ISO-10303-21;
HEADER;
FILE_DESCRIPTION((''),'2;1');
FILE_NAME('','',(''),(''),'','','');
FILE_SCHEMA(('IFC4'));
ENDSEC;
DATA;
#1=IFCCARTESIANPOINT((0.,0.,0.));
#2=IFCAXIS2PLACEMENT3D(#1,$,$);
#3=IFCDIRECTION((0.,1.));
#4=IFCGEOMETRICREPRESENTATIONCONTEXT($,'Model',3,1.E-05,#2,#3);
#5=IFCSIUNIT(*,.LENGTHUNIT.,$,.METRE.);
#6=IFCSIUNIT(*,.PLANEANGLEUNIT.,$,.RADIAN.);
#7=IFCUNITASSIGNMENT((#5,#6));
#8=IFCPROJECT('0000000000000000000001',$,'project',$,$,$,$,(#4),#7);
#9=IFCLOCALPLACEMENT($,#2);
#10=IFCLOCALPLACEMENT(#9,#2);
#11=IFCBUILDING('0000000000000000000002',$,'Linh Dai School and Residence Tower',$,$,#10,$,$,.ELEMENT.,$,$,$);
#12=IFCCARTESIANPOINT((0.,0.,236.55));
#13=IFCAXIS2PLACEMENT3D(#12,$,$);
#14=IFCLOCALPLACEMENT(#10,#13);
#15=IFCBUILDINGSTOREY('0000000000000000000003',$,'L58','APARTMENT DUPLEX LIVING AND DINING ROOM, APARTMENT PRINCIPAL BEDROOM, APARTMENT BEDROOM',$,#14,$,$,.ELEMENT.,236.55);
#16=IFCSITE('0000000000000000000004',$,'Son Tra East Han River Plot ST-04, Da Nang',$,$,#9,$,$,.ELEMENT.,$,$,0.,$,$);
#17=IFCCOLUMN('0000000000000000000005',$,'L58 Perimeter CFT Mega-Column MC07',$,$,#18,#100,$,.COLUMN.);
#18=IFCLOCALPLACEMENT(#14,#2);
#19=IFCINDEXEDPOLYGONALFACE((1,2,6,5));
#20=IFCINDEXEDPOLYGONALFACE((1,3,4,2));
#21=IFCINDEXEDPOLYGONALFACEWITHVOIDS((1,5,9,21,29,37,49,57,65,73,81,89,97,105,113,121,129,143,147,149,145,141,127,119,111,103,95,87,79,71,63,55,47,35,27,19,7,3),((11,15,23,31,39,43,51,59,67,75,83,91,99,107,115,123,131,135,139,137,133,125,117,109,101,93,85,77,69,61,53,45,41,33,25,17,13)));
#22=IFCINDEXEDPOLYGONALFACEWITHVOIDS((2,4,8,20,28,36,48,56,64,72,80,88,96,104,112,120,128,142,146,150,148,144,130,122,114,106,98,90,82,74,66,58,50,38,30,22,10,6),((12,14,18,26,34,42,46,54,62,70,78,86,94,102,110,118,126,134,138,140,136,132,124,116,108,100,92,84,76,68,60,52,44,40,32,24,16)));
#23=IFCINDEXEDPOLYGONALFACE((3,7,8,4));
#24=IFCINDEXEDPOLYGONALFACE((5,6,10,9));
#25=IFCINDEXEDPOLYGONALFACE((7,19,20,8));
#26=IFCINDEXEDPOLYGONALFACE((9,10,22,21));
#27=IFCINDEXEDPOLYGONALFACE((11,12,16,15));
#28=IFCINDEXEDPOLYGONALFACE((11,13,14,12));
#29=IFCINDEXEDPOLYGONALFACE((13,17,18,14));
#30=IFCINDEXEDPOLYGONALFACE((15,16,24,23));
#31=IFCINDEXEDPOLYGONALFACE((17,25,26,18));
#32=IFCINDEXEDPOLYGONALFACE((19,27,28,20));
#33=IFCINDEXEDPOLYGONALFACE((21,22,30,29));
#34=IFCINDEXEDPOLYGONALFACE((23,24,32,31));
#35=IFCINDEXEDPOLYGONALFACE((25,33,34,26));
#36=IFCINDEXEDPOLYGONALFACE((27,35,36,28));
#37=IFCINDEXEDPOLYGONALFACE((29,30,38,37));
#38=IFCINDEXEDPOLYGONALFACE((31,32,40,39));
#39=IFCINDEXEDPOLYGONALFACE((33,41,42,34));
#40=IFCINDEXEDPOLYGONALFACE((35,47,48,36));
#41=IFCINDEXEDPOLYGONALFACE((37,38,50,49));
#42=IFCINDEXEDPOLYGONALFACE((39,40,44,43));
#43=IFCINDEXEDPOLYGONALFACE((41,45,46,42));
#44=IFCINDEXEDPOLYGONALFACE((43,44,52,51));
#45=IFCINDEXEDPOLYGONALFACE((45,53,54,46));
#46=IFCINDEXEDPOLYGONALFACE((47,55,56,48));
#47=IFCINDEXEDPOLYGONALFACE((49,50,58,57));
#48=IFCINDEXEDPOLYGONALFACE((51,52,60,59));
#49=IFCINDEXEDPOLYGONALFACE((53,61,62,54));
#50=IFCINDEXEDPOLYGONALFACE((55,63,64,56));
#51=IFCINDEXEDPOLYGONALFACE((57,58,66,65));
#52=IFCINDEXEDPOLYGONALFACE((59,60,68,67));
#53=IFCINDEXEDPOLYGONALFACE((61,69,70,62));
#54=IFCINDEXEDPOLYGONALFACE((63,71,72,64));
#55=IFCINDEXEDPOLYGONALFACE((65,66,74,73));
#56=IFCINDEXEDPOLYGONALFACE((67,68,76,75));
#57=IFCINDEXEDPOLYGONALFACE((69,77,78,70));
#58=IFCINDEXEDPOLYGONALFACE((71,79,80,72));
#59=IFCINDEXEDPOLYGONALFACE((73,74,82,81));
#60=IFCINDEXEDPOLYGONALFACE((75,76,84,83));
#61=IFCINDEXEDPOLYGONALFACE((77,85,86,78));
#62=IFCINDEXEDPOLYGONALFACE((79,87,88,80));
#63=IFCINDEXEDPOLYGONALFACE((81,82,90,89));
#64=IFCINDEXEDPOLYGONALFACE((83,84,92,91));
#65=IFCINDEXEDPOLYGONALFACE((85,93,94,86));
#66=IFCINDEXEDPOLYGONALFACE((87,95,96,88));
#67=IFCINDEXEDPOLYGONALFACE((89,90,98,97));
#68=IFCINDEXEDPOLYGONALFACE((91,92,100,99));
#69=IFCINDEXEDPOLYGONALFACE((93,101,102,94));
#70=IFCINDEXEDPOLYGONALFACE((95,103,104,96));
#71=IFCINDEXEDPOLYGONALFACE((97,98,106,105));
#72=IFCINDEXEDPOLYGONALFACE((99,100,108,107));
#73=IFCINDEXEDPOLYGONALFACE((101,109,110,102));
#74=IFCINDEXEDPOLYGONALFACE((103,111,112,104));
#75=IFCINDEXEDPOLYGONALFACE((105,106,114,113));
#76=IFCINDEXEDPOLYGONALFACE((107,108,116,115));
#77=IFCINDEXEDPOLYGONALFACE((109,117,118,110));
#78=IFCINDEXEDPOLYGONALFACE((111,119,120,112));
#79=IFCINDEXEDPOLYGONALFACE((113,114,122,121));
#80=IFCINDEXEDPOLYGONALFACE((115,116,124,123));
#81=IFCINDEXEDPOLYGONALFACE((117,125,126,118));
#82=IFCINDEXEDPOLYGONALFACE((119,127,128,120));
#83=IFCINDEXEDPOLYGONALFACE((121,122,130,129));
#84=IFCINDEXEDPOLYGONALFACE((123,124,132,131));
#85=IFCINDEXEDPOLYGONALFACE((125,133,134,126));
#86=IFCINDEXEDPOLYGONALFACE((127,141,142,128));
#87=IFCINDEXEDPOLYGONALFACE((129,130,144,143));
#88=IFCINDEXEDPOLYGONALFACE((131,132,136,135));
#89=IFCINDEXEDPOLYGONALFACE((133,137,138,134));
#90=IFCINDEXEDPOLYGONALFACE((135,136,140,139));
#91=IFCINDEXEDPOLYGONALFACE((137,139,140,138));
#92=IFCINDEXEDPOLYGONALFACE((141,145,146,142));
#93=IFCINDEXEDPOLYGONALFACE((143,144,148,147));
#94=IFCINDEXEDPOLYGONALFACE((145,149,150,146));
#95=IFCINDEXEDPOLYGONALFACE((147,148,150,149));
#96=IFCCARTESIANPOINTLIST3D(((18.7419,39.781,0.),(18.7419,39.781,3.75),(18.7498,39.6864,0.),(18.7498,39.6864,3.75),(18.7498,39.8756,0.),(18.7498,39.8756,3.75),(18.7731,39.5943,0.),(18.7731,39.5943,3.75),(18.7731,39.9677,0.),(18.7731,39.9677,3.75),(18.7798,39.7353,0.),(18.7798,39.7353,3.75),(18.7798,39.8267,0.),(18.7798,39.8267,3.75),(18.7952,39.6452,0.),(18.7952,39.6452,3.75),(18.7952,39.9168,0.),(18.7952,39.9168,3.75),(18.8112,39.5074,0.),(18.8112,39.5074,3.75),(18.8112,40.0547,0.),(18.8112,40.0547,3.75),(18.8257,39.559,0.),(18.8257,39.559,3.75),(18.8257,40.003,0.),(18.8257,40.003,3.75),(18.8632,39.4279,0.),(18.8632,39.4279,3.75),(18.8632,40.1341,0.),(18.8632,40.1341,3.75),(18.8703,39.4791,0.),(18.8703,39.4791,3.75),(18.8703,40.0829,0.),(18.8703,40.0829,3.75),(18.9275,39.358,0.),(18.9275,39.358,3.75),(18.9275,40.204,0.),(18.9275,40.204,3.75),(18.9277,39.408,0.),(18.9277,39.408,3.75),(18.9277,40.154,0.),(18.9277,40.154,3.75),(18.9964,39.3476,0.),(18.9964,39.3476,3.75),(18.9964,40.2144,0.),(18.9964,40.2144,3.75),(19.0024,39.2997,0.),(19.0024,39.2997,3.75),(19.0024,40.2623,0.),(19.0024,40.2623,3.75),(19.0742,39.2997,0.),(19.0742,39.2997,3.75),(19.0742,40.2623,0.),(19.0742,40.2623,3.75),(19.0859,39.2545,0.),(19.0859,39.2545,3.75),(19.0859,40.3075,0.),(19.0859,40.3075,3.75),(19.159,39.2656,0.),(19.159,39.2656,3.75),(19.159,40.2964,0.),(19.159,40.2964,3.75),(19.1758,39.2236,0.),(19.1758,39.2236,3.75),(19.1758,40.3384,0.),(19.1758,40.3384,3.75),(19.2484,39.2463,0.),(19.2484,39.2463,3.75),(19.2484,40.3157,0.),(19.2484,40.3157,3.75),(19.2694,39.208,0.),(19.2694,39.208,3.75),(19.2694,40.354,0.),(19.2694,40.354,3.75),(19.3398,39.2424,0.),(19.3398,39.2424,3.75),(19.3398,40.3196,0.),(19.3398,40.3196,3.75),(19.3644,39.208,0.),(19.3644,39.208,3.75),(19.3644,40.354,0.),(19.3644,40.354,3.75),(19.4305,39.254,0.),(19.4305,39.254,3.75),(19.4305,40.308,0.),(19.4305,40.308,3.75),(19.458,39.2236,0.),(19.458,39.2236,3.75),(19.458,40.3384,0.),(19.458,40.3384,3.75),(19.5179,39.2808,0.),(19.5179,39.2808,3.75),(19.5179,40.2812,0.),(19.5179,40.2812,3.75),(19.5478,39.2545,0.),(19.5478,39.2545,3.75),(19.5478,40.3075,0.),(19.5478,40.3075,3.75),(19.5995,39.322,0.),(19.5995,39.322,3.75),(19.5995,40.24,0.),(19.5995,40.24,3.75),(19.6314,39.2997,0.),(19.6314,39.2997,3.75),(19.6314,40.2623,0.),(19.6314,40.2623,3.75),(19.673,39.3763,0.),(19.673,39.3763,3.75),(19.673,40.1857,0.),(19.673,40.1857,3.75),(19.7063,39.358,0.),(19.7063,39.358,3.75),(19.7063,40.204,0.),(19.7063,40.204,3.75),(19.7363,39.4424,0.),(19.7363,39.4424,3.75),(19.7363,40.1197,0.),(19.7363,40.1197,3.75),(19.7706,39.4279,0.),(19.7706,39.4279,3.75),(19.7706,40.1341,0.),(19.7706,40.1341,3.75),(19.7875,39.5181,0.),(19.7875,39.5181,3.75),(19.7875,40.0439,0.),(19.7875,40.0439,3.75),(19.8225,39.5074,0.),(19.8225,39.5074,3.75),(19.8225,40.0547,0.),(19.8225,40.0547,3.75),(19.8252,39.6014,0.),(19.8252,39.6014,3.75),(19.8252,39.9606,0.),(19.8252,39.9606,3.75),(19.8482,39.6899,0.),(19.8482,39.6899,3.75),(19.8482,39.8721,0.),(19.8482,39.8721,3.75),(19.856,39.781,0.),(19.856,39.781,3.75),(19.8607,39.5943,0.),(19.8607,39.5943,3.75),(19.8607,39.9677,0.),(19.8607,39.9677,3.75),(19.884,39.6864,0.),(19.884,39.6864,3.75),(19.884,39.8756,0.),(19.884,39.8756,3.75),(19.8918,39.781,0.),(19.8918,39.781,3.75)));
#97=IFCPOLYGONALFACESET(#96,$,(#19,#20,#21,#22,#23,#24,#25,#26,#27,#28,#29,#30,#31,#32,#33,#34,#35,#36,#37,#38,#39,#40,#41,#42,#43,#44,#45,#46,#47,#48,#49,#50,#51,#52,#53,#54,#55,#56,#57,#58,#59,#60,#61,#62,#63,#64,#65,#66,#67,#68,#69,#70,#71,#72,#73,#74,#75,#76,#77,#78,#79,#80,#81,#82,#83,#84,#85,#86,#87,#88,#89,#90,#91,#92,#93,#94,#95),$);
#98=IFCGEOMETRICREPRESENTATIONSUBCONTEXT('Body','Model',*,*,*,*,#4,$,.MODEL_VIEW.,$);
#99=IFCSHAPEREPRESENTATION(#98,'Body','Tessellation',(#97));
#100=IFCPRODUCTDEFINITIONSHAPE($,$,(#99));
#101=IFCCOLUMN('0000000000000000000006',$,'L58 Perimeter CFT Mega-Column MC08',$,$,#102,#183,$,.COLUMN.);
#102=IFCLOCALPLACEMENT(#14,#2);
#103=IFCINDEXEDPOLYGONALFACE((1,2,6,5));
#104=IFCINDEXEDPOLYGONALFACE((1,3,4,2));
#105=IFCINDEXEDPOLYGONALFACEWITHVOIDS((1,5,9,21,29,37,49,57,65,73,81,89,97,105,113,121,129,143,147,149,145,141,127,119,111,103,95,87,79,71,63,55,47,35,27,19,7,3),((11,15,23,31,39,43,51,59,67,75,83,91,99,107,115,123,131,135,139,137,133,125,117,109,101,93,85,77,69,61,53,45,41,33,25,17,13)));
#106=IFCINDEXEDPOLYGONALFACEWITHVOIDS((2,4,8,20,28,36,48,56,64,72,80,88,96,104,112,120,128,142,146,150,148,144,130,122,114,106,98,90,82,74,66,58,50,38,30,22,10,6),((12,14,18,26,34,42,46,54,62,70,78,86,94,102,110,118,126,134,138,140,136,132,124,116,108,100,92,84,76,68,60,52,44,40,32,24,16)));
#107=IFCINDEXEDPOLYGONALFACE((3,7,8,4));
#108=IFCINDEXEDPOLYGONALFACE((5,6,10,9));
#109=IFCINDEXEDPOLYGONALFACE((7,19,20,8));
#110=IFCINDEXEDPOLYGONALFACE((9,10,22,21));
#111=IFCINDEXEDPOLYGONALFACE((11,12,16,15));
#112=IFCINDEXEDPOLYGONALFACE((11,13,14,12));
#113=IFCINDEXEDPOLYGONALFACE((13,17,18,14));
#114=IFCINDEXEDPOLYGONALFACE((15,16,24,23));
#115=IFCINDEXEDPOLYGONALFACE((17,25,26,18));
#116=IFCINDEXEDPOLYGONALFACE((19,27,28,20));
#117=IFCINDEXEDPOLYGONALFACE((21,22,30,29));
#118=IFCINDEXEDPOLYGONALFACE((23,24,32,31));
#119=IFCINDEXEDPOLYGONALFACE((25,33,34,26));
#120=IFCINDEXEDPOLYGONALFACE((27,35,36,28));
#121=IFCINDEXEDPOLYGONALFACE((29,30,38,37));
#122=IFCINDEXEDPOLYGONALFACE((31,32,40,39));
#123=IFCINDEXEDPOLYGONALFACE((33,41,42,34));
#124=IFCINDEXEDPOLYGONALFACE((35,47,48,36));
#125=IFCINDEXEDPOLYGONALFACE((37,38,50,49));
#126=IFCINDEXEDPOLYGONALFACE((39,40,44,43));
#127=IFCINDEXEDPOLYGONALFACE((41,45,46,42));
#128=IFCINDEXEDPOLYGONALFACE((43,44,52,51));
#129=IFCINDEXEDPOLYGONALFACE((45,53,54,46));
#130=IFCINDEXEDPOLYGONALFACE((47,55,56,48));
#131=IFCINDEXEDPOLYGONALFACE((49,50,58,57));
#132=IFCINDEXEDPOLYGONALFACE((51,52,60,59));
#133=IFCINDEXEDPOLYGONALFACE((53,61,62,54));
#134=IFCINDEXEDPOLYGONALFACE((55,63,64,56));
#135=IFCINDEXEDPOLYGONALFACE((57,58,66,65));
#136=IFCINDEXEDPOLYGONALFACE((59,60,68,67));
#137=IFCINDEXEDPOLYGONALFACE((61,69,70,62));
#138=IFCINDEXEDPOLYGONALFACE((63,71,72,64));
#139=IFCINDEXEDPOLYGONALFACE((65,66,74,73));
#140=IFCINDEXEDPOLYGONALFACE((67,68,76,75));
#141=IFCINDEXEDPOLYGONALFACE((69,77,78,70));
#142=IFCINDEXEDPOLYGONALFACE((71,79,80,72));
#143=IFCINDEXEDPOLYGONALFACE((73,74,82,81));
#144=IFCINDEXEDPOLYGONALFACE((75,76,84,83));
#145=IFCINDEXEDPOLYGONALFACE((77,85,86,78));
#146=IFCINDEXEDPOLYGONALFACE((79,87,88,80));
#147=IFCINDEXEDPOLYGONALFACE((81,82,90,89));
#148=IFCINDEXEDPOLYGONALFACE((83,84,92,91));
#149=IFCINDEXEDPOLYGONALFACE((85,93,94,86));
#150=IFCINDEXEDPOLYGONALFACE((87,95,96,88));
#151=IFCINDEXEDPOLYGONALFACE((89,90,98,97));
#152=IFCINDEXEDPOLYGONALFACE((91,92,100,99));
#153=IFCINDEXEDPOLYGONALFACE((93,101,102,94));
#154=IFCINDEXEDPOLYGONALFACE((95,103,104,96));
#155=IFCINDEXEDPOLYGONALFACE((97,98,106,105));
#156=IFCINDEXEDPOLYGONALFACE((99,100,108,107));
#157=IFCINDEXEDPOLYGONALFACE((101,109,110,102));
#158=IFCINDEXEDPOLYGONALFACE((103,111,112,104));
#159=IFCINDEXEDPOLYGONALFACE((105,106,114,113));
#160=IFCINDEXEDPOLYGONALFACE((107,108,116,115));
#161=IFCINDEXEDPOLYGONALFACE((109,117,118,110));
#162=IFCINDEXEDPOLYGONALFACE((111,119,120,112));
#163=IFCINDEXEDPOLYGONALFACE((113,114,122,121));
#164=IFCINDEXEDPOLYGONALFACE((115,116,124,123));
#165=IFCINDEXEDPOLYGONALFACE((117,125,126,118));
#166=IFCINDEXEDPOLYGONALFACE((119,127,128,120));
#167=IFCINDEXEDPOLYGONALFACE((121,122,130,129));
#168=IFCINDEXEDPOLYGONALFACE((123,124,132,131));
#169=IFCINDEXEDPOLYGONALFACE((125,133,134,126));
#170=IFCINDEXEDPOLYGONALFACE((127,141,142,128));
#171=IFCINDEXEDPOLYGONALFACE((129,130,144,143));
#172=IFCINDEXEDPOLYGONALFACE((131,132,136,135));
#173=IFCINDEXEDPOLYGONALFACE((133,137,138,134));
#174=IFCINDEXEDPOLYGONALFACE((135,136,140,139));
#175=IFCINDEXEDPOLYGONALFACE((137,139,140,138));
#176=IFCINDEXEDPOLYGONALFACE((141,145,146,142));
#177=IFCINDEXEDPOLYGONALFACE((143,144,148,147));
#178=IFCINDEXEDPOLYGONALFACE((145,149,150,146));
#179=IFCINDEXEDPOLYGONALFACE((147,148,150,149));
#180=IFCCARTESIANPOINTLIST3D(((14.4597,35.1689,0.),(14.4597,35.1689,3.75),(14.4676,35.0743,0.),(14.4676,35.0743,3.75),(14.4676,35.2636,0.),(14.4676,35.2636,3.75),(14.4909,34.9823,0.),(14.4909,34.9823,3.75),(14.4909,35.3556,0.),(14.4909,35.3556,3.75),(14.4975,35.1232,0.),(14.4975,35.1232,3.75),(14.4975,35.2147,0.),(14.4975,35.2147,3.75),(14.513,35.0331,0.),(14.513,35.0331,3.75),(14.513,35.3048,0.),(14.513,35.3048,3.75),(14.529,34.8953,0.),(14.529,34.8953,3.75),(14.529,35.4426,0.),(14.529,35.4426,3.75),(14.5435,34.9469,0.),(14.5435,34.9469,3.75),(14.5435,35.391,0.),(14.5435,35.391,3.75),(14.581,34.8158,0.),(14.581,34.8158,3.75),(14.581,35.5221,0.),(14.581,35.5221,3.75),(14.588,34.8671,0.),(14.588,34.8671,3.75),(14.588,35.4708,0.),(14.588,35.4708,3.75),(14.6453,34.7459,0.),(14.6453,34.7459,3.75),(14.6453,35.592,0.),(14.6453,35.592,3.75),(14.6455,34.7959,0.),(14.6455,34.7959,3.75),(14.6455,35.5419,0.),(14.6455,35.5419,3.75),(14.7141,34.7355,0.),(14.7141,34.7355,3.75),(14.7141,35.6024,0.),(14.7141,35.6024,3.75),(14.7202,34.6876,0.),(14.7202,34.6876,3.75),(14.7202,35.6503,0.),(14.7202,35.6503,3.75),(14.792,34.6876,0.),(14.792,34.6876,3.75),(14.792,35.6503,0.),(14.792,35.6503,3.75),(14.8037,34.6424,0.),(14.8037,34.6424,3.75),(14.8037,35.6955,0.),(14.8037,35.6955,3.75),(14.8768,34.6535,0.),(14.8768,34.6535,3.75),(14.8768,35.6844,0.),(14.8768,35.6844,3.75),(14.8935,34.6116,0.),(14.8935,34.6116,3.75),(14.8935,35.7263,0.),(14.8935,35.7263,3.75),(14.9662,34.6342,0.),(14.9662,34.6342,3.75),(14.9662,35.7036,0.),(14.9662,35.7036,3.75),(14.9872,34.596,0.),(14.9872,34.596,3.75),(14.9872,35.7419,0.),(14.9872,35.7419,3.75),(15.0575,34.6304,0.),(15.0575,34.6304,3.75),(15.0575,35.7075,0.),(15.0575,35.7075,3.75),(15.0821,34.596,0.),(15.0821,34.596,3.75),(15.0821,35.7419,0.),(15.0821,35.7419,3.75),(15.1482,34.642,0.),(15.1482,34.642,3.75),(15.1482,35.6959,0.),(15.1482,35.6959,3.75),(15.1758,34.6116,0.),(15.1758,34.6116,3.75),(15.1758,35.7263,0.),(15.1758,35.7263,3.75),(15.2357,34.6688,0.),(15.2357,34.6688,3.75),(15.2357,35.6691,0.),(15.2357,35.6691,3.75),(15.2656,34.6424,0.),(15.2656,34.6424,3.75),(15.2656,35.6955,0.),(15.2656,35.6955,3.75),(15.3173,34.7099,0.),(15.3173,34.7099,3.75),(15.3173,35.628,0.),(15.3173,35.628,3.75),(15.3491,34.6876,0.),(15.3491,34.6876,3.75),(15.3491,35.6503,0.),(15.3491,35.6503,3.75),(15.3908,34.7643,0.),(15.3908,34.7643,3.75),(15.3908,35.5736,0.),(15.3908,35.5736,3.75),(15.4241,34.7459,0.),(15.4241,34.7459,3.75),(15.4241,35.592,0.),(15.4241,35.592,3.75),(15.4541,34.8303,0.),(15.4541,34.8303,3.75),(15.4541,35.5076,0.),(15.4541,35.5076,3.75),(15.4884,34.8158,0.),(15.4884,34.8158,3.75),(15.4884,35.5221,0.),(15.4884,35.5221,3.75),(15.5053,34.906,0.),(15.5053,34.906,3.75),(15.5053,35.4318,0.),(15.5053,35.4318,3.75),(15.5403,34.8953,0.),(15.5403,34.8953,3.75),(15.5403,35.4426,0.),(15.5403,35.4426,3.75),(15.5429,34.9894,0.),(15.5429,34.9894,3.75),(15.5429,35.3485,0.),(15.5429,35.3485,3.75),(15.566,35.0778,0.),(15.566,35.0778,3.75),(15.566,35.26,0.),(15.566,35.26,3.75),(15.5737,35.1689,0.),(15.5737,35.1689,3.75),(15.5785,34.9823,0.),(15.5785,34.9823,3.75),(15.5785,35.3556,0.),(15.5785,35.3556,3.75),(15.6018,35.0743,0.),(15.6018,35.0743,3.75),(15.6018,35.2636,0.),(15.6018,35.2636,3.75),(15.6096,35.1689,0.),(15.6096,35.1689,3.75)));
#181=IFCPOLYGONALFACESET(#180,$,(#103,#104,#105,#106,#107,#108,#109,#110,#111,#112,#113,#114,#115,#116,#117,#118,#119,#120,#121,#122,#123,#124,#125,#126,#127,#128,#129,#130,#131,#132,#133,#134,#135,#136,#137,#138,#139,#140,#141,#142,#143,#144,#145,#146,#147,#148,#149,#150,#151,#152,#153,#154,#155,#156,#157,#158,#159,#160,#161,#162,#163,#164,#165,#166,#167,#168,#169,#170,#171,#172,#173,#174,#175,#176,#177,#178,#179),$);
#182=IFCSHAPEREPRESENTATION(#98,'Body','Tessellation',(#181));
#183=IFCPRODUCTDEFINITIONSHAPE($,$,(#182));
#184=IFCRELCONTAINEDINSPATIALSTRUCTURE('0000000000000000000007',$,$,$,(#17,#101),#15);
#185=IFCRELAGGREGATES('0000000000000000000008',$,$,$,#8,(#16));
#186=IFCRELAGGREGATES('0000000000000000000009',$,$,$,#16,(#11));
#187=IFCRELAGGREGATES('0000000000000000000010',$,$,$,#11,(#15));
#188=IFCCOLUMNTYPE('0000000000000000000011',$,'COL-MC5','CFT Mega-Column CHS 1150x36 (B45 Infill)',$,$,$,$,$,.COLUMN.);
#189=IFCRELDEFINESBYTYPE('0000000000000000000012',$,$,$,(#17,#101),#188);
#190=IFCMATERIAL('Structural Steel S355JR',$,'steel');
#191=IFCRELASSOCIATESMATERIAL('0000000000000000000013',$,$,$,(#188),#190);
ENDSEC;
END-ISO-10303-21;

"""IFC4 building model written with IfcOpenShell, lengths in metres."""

from ifc_helpers import new_model, si_unit, direction, frame, origin, origin_2d, place, context, subcontext, project, spatial, hollow_circle, extrude, material, material_profile, profile_set, type_object, element, save


model = new_model("IFC4")

# Units and contexts
model_context = context("Model", 3, precision=1e-05, world=origin(), true_north=direction((0.0, 1.0)))
body_context = subcontext(model_context, "Body", "Model", "MODEL_VIEW")
ifc_project = project(units=[si_unit("LENGTHUNIT", "METRE"), si_unit("PLANEANGLEUNIT", "RADIAN")], contexts=[model_context])

# Site, building, storey
site_placement = place(None, origin())
site = spatial("IfcSite", under=ifc_project, at=site_placement, Name="Son Tra East Han River Plot ST-04, Da Nang", CompositionType="ELEMENT", RefElevation=0.0)
building_placement = place(site_placement, origin())
building = spatial("IfcBuilding", under=site, at=building_placement, Name="Linh Dai School and Residence Tower", CompositionType="ELEMENT")
storey_placement = place(building_placement, frame((0.0, 0.0, 236.55)))
storey = spatial("IfcBuildingStorey", under=building, at=storey_placement, Name="L58", Description="APARTMENT DUPLEX LIVING AND DINING ROOM, APARTMENT PRINCIPAL BEDROOM, APARTMENT BEDROOM", CompositionType="ELEMENT", Elevation=236.55)

# Columns
ifc_material_1 = material(Name="Structural Steel S355JR", Category="steel")
ifc_material_profile_1 = material_profile(ifc_material_1, hollow_circle(Radius=0.575, WallThickness=0.0359, at=origin_2d()), Name="CHS 1150x36")
ifc_profile_set_1 = profile_set([ifc_material_profile_1], Name="Structural Steel S355JR")
column_type = type_object("IfcColumnType", Name="COL-MC5", Description="CFT Mega-Column CHS 1150x36 (B45 Infill)", PredefinedType="COLUMN", material=ifc_profile_set_1)
for number, where, z_axis, x_axis, name in (
    (1, (19.3169, 39.781, 0.0), (0.0, 0.0, 1.0), (1.0, 0.0, 0.0), "L58 Perimeter CFT Mega-Column MC07"),
    (2, (15.0347, 35.1689, 0.0), (0.0, 0.0, 1.0), (1.0, 0.0, 0.0), "L58 Perimeter CFT Mega-Column MC08"),
):
    element("IfcColumn", number, at=place(storey_placement, frame(where, z_axis=z_axis, x_axis=x_axis)), inside=storey, type_object=column_type, Name=name, PredefinedType="COLUMN", context=body_context, shape_type="SweptSolid", body=[
        extrude(hollow_circle(Radius=0.575, WallThickness=0.0359, at=origin_2d()), origin(), (0.0, 0.0, 1.0), 3.75),
    ])

save(model, "model.ifc")
